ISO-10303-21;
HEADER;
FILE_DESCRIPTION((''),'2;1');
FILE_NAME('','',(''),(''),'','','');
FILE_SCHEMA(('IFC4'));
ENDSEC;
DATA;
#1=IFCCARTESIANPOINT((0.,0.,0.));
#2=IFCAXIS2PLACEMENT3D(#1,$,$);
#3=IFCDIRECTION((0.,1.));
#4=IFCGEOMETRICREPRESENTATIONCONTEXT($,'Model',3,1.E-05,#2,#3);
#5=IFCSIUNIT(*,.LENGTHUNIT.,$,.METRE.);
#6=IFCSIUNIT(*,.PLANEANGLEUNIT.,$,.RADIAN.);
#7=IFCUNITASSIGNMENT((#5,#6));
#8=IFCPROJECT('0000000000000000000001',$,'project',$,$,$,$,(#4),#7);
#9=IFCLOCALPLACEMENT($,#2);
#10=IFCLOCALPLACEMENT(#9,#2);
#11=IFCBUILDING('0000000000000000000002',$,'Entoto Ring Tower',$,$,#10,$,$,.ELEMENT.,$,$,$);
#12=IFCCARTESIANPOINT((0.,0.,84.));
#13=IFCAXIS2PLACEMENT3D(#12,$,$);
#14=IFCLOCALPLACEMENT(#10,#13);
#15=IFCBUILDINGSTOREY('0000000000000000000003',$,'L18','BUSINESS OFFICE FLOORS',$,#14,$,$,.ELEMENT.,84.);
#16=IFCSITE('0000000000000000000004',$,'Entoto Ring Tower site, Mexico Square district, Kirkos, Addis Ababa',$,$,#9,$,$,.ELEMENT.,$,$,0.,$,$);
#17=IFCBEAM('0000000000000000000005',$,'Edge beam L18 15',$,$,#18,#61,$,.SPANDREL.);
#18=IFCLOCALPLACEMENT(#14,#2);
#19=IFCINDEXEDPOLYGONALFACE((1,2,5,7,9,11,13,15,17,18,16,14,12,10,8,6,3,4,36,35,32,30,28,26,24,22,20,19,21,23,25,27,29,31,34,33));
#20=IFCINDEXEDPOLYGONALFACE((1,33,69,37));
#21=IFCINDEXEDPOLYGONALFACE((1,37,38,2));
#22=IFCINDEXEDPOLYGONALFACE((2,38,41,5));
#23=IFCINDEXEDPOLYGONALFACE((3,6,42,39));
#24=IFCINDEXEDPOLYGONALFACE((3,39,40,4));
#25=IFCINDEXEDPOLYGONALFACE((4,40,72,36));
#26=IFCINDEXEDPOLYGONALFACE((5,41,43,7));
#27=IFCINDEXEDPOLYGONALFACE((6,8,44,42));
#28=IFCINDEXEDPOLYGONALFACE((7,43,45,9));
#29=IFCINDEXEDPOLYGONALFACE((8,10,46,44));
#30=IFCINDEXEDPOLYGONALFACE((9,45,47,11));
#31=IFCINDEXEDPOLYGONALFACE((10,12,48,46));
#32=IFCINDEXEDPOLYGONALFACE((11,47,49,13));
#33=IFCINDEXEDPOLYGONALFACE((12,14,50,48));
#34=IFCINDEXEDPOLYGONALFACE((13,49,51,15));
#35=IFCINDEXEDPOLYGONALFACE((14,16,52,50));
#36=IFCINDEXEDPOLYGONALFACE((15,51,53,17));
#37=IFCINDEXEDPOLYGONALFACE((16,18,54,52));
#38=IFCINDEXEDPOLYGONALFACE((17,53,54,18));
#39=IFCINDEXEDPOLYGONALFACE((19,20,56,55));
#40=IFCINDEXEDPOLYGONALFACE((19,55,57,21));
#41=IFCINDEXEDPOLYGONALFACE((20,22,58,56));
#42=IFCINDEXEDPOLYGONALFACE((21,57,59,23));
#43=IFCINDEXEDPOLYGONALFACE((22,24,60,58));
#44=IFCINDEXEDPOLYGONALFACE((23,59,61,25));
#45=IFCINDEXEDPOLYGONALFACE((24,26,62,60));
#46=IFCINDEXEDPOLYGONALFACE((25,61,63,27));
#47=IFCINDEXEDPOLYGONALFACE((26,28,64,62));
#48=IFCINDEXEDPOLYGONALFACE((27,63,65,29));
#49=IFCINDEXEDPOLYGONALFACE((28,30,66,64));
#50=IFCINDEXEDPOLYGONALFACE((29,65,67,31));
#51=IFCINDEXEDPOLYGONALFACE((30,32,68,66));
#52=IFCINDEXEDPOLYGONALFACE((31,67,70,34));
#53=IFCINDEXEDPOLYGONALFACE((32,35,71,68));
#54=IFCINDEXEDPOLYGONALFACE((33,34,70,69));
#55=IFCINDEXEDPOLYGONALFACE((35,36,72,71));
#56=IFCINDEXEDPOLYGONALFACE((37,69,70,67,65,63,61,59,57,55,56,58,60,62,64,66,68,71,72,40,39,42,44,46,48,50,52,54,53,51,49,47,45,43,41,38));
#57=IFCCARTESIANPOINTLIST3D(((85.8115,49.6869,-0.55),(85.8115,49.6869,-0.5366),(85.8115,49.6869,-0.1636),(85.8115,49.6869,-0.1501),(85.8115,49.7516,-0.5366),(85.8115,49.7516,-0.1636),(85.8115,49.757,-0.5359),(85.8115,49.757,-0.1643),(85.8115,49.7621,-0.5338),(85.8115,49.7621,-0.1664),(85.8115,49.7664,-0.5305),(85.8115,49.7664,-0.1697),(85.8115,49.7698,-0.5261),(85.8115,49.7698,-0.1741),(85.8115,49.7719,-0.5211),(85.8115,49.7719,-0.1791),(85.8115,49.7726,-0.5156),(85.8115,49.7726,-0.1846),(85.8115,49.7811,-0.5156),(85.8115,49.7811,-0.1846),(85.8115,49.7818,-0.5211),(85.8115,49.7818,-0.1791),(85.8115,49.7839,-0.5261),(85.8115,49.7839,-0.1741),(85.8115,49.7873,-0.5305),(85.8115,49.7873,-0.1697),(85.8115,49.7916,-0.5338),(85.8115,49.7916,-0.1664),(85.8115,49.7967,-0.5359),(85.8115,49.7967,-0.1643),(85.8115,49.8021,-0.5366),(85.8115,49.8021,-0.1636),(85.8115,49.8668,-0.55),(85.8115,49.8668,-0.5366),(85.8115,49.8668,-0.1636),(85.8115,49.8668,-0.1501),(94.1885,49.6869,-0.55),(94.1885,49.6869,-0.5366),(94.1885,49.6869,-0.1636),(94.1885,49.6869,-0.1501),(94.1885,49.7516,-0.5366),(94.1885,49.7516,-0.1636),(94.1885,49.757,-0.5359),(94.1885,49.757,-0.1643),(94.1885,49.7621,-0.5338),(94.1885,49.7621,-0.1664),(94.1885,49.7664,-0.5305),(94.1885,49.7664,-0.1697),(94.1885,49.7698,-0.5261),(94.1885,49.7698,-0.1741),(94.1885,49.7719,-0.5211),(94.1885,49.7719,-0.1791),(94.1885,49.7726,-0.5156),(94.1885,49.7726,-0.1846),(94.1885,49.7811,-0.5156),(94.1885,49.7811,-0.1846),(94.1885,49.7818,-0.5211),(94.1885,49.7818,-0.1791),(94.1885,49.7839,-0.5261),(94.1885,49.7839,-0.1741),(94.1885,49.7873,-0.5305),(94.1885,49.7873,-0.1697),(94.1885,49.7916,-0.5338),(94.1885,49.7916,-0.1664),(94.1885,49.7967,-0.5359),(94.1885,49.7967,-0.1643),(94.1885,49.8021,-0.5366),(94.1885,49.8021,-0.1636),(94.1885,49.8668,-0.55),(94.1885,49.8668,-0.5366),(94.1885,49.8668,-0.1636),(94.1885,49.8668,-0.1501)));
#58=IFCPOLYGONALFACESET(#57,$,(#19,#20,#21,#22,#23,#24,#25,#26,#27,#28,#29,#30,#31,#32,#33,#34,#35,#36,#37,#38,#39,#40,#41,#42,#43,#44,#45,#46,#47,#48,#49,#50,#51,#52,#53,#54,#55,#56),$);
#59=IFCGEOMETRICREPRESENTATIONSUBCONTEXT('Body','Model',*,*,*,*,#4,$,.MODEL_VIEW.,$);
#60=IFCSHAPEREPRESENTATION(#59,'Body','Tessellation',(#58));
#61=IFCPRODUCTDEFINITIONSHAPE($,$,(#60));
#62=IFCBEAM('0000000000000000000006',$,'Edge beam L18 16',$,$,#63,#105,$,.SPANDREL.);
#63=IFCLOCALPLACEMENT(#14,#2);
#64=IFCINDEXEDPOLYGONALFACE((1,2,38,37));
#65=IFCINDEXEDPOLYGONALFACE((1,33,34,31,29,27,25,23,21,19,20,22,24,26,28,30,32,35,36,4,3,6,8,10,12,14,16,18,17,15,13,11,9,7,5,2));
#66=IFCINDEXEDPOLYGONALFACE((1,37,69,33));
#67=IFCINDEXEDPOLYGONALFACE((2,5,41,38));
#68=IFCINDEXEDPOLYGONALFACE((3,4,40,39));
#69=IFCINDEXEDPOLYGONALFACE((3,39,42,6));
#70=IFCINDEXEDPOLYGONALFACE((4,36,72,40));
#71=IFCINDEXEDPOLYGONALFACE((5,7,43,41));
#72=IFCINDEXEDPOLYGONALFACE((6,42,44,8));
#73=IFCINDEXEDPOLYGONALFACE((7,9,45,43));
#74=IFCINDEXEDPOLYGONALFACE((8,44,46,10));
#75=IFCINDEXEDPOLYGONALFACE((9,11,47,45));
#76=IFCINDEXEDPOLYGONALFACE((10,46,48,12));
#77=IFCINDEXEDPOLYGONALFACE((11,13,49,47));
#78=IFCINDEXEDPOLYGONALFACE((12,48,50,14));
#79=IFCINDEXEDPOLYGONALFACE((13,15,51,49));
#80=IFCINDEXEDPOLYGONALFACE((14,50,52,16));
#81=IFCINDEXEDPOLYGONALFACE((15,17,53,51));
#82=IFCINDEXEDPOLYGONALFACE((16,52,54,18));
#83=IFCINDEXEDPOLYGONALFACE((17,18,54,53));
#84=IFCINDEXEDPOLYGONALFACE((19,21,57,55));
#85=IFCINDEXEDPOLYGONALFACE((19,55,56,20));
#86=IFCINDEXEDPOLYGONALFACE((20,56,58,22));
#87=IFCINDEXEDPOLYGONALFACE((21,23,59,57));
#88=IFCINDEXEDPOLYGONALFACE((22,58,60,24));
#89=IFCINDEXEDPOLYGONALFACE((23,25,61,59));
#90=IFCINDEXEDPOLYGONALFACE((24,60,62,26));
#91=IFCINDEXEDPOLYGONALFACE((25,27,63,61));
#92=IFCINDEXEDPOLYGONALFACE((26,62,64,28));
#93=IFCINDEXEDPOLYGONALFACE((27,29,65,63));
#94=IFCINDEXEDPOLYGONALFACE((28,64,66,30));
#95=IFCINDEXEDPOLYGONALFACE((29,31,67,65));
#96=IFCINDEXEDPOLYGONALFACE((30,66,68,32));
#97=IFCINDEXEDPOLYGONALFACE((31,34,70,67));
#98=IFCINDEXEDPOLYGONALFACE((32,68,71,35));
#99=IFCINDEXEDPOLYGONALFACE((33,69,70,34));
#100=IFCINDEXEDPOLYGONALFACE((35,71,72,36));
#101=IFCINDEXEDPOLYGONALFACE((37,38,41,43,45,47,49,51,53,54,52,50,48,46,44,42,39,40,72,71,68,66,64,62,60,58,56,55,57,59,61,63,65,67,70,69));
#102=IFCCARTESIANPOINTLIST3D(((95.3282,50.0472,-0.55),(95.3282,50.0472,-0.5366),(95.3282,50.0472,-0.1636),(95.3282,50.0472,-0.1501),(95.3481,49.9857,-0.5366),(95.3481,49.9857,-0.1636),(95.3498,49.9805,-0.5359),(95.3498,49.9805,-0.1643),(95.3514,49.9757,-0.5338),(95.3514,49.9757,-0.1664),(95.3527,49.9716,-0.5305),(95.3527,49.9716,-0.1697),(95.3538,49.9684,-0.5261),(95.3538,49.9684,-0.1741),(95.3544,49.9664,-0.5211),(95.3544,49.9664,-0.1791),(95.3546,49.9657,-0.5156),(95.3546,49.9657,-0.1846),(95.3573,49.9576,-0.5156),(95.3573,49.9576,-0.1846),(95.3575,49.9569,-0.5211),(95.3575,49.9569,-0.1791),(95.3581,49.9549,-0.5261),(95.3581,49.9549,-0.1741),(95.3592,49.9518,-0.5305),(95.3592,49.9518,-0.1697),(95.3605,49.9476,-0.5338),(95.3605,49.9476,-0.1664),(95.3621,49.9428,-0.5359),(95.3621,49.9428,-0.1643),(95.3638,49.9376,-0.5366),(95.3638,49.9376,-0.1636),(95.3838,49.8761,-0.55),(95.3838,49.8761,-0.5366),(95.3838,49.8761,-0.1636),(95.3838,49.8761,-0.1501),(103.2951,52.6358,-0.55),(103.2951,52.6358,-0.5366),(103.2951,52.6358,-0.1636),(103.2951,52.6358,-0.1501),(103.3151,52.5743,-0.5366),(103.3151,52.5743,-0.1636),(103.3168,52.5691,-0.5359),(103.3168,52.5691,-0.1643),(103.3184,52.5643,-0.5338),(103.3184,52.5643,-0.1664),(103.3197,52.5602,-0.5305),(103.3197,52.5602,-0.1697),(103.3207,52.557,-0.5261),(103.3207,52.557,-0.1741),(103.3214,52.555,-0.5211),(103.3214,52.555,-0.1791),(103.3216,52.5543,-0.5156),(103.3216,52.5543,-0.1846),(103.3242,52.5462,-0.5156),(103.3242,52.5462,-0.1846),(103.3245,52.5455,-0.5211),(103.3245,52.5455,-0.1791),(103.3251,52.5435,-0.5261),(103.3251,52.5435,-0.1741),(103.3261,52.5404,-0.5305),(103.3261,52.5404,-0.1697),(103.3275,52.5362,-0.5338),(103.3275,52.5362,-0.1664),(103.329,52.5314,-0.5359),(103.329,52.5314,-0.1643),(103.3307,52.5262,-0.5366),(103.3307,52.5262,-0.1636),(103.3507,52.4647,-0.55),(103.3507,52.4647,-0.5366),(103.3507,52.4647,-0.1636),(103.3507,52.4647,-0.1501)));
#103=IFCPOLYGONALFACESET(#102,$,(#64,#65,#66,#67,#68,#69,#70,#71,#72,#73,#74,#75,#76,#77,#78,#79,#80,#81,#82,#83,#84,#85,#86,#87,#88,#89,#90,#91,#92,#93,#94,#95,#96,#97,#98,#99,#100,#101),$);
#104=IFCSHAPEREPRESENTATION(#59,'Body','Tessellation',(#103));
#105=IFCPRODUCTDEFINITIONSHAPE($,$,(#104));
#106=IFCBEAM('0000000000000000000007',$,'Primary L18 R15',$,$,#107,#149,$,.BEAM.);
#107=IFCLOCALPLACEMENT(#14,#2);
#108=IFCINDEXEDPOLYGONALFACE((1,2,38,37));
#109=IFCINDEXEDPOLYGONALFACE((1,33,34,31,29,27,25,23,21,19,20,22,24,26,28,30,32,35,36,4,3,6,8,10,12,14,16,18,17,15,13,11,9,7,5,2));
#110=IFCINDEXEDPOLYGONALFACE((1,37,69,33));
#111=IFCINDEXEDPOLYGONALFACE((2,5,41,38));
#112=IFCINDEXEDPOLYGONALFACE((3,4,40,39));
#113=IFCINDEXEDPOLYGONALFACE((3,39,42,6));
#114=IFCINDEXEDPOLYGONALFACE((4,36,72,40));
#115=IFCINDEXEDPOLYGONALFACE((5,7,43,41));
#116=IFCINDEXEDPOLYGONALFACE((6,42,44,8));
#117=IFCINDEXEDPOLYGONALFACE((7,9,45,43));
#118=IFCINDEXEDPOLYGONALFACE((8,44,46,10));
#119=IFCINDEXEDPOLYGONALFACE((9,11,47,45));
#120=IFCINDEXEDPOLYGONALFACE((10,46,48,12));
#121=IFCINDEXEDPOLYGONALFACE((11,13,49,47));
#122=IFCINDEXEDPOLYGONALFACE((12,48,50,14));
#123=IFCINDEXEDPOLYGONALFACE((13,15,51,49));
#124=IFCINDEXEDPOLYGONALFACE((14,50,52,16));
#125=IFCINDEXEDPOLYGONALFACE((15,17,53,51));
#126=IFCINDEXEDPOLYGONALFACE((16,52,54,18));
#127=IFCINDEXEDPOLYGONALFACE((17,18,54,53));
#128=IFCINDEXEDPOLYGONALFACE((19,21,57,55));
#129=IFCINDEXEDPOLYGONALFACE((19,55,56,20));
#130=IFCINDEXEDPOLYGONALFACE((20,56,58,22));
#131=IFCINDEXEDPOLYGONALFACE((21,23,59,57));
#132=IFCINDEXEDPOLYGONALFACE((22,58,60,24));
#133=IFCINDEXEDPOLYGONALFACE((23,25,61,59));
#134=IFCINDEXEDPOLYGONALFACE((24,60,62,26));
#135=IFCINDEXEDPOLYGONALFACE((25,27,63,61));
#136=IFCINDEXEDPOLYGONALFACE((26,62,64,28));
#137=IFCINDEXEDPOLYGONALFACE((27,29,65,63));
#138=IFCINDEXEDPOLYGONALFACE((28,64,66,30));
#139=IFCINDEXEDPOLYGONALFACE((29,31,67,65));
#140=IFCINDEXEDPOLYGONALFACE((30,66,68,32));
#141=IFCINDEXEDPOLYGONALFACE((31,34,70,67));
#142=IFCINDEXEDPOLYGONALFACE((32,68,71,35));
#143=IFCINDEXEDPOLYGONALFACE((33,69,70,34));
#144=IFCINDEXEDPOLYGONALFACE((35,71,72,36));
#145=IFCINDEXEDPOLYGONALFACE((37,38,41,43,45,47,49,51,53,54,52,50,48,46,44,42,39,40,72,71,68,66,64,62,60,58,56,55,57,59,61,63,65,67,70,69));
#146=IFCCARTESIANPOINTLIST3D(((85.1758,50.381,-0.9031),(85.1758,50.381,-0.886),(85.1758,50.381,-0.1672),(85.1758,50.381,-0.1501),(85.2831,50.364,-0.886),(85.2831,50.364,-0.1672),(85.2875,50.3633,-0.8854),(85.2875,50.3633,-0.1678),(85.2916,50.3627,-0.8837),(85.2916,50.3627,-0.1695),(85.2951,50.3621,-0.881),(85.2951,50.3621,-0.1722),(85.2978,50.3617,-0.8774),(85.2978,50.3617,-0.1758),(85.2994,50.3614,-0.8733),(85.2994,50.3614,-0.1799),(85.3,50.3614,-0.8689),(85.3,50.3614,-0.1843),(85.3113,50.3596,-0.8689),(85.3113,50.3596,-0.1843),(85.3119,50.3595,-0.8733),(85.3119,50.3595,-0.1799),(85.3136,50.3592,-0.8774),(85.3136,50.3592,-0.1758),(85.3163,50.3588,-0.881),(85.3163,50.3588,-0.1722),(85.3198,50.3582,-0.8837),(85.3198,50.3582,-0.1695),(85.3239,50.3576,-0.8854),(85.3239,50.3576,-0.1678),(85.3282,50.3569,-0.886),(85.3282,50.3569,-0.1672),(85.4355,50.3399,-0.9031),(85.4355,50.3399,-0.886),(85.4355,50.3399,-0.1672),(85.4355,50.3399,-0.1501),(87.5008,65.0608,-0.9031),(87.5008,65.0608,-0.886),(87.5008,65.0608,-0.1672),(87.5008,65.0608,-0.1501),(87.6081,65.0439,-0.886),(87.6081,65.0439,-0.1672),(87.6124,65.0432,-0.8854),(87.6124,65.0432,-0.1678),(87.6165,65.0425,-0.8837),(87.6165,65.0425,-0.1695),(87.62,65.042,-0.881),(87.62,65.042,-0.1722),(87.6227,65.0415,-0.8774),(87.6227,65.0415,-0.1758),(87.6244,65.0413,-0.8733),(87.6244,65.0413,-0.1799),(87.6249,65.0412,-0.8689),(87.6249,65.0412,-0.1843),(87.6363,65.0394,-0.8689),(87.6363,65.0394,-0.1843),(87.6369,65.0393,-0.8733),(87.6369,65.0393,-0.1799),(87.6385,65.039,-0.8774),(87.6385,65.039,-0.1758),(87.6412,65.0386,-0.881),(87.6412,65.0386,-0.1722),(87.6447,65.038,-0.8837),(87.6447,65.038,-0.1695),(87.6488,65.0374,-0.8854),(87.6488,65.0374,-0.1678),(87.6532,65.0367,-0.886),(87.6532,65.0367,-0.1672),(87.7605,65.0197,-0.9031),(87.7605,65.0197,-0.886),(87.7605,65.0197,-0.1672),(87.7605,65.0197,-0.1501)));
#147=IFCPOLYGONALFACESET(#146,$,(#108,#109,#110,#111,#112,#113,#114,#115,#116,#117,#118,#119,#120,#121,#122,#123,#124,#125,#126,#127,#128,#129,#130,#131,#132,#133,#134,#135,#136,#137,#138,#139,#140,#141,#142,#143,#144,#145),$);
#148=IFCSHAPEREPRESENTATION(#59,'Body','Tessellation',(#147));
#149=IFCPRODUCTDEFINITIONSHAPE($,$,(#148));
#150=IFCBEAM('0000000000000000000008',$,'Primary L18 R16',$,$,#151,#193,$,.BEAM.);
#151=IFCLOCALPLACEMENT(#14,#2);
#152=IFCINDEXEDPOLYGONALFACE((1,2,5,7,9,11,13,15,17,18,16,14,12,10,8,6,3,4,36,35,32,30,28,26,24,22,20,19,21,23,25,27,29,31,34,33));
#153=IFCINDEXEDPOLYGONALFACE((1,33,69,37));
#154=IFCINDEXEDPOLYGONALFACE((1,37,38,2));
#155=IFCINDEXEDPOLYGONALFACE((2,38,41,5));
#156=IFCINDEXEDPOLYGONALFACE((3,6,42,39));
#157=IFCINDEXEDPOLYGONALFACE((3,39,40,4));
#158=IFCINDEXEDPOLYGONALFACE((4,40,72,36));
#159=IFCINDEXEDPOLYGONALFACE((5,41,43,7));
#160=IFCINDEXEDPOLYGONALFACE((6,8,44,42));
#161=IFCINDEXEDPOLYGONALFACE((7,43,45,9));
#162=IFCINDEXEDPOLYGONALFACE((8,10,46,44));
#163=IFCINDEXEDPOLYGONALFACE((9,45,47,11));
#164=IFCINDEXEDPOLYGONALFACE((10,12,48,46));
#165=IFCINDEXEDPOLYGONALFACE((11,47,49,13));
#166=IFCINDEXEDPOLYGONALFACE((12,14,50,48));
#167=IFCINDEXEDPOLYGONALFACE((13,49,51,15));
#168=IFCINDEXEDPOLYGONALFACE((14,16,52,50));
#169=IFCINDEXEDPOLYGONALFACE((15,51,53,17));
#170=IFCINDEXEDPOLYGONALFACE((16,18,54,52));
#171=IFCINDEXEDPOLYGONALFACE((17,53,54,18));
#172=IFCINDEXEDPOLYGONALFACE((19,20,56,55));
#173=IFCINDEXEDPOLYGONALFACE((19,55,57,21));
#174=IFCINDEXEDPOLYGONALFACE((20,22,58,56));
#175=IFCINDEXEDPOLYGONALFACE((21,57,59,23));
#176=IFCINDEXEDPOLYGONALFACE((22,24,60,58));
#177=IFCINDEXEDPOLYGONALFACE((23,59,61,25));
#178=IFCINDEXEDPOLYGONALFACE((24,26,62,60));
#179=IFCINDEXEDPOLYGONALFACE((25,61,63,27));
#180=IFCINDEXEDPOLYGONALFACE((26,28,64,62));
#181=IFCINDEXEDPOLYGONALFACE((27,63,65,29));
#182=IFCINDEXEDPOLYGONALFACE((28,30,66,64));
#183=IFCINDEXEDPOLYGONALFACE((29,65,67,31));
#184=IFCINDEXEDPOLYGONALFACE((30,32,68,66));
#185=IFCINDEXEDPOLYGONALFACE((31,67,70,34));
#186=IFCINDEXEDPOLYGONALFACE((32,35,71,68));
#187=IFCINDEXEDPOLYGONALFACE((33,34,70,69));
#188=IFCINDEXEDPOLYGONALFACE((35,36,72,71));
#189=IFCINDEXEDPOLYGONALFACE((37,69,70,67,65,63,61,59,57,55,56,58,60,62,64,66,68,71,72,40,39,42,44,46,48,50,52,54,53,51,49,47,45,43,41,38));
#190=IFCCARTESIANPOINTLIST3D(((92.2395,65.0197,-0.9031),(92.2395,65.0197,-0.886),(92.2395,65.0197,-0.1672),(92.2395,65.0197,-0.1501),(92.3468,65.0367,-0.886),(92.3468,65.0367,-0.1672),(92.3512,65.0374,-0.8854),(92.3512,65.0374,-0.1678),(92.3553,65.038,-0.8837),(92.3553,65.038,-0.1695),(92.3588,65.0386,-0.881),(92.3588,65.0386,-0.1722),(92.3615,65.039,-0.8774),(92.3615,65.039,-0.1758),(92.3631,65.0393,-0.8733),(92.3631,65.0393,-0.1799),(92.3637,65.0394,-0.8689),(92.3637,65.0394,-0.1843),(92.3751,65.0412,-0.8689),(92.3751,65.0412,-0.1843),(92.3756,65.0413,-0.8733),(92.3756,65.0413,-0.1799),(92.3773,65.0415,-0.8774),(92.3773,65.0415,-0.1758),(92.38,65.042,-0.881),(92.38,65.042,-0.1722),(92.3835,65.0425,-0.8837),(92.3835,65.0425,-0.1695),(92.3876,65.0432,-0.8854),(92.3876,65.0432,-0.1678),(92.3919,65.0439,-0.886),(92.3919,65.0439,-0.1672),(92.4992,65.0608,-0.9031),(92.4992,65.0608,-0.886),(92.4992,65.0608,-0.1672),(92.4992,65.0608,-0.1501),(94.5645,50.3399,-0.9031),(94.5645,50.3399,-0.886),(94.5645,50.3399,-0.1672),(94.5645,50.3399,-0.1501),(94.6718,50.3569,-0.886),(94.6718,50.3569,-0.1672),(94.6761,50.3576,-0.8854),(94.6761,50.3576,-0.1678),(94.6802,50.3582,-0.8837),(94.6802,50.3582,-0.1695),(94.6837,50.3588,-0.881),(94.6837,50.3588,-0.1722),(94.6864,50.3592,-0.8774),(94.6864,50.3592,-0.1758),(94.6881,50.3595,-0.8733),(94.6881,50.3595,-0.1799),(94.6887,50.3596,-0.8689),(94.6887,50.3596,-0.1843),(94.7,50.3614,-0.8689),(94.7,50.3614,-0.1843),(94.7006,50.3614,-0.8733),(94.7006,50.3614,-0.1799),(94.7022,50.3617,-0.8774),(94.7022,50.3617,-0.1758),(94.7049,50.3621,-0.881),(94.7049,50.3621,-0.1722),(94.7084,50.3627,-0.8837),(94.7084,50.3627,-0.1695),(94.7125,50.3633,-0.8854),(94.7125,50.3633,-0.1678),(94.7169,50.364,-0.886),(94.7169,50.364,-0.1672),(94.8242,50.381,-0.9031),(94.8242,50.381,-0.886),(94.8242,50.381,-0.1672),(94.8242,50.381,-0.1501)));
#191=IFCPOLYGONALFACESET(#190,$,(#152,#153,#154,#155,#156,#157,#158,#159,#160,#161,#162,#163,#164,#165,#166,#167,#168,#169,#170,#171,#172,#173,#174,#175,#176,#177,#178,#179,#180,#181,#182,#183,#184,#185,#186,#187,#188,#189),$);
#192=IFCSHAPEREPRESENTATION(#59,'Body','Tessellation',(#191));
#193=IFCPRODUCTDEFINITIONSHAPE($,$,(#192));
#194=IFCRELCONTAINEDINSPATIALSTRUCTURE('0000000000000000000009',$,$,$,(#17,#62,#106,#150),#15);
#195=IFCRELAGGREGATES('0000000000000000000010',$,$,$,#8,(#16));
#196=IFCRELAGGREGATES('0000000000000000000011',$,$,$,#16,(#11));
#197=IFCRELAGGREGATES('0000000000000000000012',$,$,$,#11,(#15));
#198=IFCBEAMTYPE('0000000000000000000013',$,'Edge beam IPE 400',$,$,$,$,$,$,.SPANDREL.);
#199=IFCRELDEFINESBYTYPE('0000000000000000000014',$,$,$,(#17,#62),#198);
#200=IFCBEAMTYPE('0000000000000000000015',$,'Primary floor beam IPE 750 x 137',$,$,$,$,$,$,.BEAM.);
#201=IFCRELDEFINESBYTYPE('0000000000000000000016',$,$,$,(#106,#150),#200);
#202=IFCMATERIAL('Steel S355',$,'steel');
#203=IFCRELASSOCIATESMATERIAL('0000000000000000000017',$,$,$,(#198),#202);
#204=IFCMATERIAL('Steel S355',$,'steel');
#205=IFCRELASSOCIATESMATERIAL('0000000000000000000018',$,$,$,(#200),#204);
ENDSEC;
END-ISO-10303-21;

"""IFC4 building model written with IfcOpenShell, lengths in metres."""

from ifc_helpers import new_model, si_unit, direction, frame, origin, origin_2d, place, context, subcontext, project, spatial, i_section, extrude, material, material_profile, profile_set, type_object, element, save


model = new_model("IFC4")

# Units and contexts
model_context = context("Model", 3, precision=1e-05, world=origin(), true_north=direction((0.0, 1.0)))
body_context = subcontext(model_context, "Body", "Model", "MODEL_VIEW")
ifc_project = project(units=[si_unit("LENGTHUNIT", "METRE"), si_unit("PLANEANGLEUNIT", "RADIAN")], contexts=[model_context])

# Site, building, storey
site_placement = place(None, origin())
site = spatial("IfcSite", under=ifc_project, at=site_placement, Name="Entoto Ring Tower site, Mexico Square district, Kirkos, Addis Ababa", CompositionType="ELEMENT", RefElevation=0.0)
building_placement = place(site_placement, origin())
building = spatial("IfcBuilding", under=site, at=building_placement, Name="Entoto Ring Tower", CompositionType="ELEMENT")
storey_placement = place(building_placement, frame((0.0, 0.0, 84.0)))
storey = spatial("IfcBuildingStorey", under=building, at=storey_placement, Name="L18", Description="BUSINESS OFFICE FLOORS", CompositionType="ELEMENT", Elevation=84.0)

# Beams
ifc_material_1 = material(Name="Steel S355", Category="steel")
ifc_material_profile_1 = material_profile(ifc_material_1, i_section(OverallWidth=0.1799, OverallDepth=0.3999, WebThickness=0.0085, FlangeThickness=0.0134, FilletRadius=0.021, at=origin_2d()), Name="IPE 400")
ifc_profile_set_1 = profile_set([ifc_material_profile_1], Name="Steel S355")
beam_type_1 = type_object("IfcBeamType", Name="Edge beam IPE 400", PredefinedType="SPANDREL", material=ifc_profile_set_1)
for number, where, z_axis, x_axis, name in (
    (1, (85.8115, 49.7769, -0.3501), (1.0, 0.0, 0.0), (0.0, 1.0, 0.0), "Edge beam L18 15"),
    (2, (95.356, 49.9617, -0.3501), (0.951057, 0.309014, 0.0), (-0.309014, 0.951057, 0.0), "Edge beam L18 16"),
):
    element("IfcBeam", number, at=place(storey_placement, frame(where, z_axis=z_axis, x_axis=x_axis)), inside=storey, type_object=beam_type_1, Name=name, PredefinedType="SPANDREL", context=body_context, shape_type="SweptSolid", body=[
        extrude(i_section(OverallWidth=0.1799, OverallDepth=0.3999, WebThickness=0.0085, FlangeThickness=0.0134, FilletRadius=0.021, at=origin_2d()), origin(), (0.0, 0.0, 1.0), 8.377),
    ])
ifc_material_2 = material(Name="Steel S355", Category="steel")
ifc_material_profile_2 = material_profile(ifc_material_2, i_section(OverallWidth=0.2629, OverallDepth=0.7529, WebThickness=0.0115, FlangeThickness=0.0171, FilletRadius=0.0171, at=origin_2d()), Name="IPE 750 x 137")
ifc_profile_set_2 = profile_set([ifc_material_profile_2], Name="Steel S355")
beam_type_2 = type_object("IfcBeamType", Name="Primary floor beam IPE 750 x 137", PredefinedType="BEAM", material=ifc_profile_set_2)
for number, where, z_axis, x_axis, name in (
    (3, (87.6306, 65.0403, -0.5266), (-0.156426, -0.98769, 0.0), (0.98769, -0.156426, 0.0), "Primary L18 R15"),
    (4, (92.3694, 65.0403, -0.5266), (0.156426, -0.98769, 0.0), (0.98769, 0.156426, 0.0), "Primary L18 R16"),
):
    element("IfcBeam", number, at=place(storey_placement, frame(where, z_axis=z_axis, x_axis=x_axis)), inside=storey, type_object=beam_type_2, Name=name, PredefinedType="BEAM", context=body_context, shape_type="SweptSolid", body=[
        extrude(i_section(OverallWidth=0.2629, OverallDepth=0.7529, WebThickness=0.0115, FlangeThickness=0.0171, FilletRadius=0.0171, at=origin_2d()), origin(), (0.0, 0.0, 1.0), 14.8628),
    ])

save(model, "model.ifc")
